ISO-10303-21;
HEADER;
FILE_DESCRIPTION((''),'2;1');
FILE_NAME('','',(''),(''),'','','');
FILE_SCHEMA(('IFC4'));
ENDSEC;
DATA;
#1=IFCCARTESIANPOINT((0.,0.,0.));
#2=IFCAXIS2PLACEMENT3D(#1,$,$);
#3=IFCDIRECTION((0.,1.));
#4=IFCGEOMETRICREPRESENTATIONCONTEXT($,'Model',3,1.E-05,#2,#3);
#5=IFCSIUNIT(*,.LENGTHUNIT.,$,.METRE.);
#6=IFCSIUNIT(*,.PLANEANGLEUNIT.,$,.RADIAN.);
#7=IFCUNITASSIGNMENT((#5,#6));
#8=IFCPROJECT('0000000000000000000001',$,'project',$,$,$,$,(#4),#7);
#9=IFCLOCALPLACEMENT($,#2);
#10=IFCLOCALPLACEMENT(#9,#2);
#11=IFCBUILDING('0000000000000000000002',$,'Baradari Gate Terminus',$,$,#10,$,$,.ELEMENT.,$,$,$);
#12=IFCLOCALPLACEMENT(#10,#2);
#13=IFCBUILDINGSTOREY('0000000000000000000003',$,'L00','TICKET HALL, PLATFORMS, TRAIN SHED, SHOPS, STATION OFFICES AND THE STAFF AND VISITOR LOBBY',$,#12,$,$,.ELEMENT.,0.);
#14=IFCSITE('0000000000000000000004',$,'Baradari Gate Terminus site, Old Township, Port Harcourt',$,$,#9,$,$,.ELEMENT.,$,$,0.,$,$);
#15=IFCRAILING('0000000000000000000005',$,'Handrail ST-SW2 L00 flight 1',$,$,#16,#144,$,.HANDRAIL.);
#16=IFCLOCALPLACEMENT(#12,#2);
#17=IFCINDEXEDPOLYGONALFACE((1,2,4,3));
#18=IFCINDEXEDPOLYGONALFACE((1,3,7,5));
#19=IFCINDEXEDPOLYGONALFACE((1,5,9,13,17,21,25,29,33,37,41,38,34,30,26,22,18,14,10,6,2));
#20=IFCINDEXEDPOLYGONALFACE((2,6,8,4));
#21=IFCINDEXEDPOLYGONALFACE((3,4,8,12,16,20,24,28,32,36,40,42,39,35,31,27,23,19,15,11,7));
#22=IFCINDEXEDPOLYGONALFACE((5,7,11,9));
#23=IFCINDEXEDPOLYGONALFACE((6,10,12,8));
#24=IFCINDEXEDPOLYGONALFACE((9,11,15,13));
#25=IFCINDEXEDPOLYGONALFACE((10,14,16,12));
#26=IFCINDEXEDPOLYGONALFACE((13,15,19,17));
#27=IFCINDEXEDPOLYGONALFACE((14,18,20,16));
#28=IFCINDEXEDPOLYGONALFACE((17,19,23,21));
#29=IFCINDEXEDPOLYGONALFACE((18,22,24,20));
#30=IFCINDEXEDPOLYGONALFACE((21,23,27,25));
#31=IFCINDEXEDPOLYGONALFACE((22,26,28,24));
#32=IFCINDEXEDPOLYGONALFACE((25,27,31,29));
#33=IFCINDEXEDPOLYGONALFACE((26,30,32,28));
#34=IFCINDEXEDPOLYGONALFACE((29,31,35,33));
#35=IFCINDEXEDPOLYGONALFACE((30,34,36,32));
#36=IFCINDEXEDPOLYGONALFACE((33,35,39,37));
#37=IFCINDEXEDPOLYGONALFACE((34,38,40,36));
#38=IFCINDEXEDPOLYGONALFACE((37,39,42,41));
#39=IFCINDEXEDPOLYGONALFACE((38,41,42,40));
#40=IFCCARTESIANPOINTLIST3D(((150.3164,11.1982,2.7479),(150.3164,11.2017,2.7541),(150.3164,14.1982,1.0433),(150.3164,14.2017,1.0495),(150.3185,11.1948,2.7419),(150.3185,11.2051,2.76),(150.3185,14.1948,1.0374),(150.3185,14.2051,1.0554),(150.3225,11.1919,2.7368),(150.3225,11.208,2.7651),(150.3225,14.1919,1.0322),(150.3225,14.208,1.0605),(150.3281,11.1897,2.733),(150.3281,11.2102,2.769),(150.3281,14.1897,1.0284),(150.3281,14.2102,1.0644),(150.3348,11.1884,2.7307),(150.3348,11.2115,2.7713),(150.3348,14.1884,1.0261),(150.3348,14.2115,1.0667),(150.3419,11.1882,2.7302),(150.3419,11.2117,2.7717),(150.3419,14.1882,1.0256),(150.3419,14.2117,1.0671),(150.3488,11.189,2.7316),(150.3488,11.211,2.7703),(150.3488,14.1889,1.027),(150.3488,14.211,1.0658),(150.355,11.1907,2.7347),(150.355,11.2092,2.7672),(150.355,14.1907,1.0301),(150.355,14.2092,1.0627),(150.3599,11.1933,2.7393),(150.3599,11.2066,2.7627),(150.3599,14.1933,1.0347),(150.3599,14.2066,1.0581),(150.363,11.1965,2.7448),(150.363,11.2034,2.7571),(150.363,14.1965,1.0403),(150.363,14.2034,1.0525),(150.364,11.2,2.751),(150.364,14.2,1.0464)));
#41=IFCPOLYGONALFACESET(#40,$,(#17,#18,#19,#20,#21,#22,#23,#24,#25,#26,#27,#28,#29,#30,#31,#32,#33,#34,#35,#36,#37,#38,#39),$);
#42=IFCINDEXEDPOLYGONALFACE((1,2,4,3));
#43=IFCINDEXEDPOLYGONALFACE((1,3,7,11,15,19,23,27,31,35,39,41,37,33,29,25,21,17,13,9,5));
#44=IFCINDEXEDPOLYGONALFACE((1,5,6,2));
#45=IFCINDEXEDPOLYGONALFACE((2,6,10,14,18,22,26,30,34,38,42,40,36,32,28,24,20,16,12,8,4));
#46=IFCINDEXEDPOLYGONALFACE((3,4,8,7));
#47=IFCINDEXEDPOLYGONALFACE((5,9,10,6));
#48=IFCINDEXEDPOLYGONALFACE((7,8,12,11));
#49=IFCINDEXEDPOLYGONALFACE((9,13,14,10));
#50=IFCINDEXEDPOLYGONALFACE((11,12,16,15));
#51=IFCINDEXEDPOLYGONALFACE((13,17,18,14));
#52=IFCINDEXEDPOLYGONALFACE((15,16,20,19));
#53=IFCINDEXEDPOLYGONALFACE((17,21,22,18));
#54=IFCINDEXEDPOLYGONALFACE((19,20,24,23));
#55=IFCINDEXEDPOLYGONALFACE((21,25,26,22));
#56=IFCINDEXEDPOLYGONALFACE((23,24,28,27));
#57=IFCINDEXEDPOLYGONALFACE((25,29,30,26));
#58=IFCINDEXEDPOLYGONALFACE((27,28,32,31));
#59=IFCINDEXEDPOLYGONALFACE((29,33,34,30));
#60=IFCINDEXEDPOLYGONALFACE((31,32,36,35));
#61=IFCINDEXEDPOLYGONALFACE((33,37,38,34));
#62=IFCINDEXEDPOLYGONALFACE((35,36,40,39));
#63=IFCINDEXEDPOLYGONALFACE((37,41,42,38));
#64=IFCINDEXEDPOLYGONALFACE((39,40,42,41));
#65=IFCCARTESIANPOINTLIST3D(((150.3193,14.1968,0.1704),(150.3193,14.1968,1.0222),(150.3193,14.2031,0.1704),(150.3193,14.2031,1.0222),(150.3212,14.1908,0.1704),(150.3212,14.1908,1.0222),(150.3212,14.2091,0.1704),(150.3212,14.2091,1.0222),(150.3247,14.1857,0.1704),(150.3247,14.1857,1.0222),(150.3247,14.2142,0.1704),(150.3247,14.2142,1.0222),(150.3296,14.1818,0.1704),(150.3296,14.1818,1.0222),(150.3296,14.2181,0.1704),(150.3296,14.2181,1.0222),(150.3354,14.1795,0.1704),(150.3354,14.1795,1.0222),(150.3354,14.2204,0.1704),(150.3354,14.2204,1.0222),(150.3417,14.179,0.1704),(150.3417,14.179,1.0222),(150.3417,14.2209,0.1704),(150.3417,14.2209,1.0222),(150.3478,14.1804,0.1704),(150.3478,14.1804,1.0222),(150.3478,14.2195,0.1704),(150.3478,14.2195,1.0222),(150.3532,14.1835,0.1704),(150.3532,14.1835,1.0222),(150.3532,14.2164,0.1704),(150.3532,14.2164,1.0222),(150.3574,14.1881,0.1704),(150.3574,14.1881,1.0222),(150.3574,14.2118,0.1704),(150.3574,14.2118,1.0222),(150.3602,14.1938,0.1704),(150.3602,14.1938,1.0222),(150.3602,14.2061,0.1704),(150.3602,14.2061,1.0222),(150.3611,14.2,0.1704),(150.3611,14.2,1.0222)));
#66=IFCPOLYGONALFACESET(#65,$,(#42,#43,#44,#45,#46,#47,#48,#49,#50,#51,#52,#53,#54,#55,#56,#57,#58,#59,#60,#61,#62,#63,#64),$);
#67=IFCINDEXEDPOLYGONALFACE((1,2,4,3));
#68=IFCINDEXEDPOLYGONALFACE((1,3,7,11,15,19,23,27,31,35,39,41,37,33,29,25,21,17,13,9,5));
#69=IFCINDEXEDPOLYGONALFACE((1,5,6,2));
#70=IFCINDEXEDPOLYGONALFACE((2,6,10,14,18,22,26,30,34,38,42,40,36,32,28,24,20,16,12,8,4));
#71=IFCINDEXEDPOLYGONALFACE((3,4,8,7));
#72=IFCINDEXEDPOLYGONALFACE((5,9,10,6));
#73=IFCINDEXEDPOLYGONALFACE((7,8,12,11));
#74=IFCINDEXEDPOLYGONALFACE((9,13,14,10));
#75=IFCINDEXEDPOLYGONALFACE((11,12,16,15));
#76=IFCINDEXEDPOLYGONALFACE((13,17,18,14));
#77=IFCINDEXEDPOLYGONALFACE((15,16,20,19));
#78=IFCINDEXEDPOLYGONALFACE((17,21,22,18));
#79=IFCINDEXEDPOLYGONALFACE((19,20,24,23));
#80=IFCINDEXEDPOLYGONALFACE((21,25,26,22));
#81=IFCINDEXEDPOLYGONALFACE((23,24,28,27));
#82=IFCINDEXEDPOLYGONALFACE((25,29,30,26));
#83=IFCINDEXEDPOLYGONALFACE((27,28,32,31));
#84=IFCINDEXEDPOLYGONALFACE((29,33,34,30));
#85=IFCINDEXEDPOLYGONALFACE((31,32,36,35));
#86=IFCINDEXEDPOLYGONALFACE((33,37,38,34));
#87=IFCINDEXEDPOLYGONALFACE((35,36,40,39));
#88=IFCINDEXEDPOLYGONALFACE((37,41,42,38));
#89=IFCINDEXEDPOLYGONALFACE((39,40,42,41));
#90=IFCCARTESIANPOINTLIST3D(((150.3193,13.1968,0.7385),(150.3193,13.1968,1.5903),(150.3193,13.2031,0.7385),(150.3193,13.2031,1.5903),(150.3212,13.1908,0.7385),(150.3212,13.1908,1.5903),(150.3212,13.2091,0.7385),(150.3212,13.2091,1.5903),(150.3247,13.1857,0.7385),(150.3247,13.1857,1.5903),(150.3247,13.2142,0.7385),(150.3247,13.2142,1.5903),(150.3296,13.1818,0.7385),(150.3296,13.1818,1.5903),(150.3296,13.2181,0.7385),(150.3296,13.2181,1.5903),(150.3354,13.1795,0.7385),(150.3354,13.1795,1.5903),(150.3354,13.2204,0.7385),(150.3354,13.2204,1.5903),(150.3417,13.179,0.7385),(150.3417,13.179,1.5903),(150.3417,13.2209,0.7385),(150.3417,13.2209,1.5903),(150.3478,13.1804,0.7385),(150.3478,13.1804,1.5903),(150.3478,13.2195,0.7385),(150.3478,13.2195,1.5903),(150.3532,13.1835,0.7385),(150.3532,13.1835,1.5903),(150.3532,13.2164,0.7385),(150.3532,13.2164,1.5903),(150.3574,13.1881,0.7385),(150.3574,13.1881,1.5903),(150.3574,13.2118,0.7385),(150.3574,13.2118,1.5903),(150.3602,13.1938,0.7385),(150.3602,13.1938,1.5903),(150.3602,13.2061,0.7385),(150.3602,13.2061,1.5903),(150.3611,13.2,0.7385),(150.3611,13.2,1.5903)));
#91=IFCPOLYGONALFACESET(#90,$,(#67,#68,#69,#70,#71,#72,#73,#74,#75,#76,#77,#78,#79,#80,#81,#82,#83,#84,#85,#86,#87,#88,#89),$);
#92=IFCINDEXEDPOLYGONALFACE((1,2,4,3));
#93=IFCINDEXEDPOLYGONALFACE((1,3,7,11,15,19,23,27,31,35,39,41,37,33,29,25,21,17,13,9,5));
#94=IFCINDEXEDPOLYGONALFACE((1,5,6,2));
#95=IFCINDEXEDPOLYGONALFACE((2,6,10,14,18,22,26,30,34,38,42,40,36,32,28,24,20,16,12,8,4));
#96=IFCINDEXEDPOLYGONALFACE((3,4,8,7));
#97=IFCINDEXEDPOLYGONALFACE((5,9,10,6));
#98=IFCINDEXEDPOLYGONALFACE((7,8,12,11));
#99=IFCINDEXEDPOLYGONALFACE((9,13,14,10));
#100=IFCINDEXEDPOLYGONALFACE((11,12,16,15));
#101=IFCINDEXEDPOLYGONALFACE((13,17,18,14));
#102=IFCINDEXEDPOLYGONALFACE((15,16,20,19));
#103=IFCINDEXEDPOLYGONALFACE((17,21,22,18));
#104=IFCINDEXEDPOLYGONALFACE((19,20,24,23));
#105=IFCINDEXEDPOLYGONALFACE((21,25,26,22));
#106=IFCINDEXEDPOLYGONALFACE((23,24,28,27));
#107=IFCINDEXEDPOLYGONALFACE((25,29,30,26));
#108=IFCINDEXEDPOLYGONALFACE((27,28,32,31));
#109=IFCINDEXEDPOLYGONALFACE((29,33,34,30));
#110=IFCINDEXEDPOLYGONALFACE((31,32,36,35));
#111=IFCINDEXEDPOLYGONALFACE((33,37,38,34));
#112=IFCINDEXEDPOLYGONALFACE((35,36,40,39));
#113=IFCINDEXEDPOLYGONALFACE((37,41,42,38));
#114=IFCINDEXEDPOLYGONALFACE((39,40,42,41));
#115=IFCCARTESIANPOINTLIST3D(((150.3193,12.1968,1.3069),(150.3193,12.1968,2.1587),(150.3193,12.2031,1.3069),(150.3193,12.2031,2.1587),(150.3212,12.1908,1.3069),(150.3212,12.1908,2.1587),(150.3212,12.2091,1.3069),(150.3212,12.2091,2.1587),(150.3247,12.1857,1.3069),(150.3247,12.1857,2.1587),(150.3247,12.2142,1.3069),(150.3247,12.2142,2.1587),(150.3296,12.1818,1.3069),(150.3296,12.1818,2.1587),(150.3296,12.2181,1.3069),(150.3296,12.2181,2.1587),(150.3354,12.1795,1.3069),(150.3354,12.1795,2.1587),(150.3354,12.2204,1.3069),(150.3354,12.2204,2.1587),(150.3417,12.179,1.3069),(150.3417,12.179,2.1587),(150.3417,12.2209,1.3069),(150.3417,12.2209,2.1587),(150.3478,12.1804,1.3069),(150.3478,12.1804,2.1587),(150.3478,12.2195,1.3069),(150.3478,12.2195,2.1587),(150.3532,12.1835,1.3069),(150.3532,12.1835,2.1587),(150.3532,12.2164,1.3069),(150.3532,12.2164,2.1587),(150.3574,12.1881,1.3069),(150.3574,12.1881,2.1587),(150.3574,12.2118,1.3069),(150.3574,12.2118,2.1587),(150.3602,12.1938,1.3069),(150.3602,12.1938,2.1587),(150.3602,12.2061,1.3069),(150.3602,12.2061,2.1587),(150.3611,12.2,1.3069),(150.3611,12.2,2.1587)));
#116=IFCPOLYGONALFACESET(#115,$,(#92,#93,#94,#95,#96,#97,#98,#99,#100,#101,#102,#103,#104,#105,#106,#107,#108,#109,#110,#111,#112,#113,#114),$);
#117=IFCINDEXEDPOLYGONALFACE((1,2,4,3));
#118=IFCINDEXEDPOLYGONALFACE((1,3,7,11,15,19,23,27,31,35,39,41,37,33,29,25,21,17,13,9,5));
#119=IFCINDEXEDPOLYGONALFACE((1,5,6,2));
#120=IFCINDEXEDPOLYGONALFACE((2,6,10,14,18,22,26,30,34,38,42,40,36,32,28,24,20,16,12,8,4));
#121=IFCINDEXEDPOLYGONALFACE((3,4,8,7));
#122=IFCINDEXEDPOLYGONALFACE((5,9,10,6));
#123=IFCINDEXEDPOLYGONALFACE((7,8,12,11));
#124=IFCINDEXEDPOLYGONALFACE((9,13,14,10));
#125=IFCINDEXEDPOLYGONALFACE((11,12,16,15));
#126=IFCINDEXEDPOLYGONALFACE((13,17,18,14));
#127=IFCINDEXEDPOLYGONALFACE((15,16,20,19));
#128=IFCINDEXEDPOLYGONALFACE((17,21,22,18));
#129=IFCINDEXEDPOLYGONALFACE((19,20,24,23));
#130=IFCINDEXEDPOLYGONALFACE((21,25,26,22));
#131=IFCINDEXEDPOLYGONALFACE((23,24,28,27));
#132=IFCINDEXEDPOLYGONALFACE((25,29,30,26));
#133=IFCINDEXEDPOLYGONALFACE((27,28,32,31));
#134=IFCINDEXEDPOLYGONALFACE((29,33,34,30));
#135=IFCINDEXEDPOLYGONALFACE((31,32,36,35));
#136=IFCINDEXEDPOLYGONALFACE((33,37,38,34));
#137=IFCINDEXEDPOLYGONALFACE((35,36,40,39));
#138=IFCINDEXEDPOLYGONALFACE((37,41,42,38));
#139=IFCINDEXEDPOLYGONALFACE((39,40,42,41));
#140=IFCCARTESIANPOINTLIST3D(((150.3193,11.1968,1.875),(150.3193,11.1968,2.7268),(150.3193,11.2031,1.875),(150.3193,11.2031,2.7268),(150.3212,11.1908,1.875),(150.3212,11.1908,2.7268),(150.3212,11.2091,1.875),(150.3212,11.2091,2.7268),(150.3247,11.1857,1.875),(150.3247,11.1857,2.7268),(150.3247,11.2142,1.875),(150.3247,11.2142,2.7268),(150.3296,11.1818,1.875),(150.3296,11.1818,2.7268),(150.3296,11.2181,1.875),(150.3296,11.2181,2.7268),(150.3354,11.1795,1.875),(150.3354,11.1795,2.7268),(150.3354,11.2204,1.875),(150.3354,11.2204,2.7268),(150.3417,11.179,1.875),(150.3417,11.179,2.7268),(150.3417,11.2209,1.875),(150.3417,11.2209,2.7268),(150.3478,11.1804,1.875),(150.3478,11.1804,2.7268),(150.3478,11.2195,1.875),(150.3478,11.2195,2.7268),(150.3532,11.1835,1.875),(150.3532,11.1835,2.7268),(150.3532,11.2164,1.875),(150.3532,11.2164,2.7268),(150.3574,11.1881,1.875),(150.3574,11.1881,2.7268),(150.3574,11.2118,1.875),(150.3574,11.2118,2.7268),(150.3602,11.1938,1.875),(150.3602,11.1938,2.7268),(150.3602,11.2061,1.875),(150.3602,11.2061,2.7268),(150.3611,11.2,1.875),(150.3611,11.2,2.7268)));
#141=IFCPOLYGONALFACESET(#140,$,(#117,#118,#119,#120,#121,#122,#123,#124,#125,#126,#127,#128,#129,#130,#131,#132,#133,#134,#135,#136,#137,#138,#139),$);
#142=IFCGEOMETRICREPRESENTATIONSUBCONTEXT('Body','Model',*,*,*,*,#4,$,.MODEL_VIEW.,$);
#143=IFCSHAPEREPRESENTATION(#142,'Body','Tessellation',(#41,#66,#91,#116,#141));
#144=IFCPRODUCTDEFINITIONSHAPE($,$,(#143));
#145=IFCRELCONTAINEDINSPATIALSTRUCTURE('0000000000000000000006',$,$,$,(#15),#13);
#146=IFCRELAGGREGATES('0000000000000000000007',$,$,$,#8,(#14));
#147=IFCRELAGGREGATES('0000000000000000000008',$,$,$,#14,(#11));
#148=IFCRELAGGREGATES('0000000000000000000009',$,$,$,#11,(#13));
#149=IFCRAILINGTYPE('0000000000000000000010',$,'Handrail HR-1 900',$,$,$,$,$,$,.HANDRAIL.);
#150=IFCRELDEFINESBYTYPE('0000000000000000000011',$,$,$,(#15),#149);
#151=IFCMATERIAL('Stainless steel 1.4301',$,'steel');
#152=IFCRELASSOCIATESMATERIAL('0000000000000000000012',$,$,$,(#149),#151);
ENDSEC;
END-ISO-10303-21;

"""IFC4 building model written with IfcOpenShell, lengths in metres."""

from ifc_helpers import new_model, si_unit, direction, frame, origin, origin_2d, place, context, subcontext, project, spatial, circle, extrude, material, type_object, element, save


model = new_model("IFC4")

# Units and contexts
model_context = context("Model", 3, precision=1e-05, world=origin(), true_north=direction((0.0, 1.0)))
body_context = subcontext(model_context, "Body", "Model", "MODEL_VIEW")
ifc_project = project(units=[si_unit("LENGTHUNIT", "METRE"), si_unit("PLANEANGLEUNIT", "RADIAN")], contexts=[model_context])

# Site, building, storey
site_placement = place(None, origin())
site = spatial("IfcSite", under=ifc_project, at=site_placement, Name="Baradari Gate Terminus site, Old Township, Port Harcourt", CompositionType="ELEMENT", RefElevation=0.0)
building_placement = place(site_placement, origin())
building = spatial("IfcBuilding", under=site, at=building_placement, Name="Baradari Gate Terminus", CompositionType="ELEMENT")
storey_placement = place(building_placement, origin())
storey = spatial("IfcBuildingStorey", under=building, at=storey_placement, Name="L00", Description="TICKET HALL, PLATFORMS, TRAIN SHED, SHOPS, STATION OFFICES AND THE STAFF AND VISITOR LOBBY", CompositionType="ELEMENT", Elevation=0.0)

# Railing
ifc_material_1 = material(Name="Stainless steel 1.4301", Category="steel")
railing_type_1 = type_object("IfcRailingType", Name="Handrail HR-1 900", PredefinedType="HANDRAIL", material=ifc_material_1)
for number, where, name in (
    (1, (150.3401, 14.2, 0.1704), "Handrail ST-SW2 L00 flight 1"),
):
    element("IfcRailing", number, at=place(storey_placement, frame(where)), inside=storey, type_object=railing_type_1, Name=name, PredefinedType="HANDRAIL", context=body_context, shape_type="SweptSolid", body=[
        extrude(circle(Radius=0.0239, at=origin_2d()), frame((0.0, 0.0, 0.876), z_axis=(0.0, -0.869451, 0.494019), x_axis=(1.0, 0.0, 0.0)), (0.0, 0.0, 1.0), 3.4504),
        extrude(circle(Radius=0.021, at=origin_2d()), origin(), (0.0, 0.0, 1.0), 0.8518),
        extrude(circle(Radius=0.021, at=origin_2d()), frame((0.0, -1.0, 0.5681)), (0.0, 0.0, 1.0), 0.8518),
        extrude(circle(Radius=0.021, at=origin_2d()), frame((0.0, -2.0, 1.1365)), (0.0, 0.0, 1.0), 0.8518),
        extrude(circle(Radius=0.021, at=origin_2d()), frame((0.0, -3.0, 1.7046)), (0.0, 0.0, 1.0), 0.8518),
    ])

save(model, "model.ifc")
